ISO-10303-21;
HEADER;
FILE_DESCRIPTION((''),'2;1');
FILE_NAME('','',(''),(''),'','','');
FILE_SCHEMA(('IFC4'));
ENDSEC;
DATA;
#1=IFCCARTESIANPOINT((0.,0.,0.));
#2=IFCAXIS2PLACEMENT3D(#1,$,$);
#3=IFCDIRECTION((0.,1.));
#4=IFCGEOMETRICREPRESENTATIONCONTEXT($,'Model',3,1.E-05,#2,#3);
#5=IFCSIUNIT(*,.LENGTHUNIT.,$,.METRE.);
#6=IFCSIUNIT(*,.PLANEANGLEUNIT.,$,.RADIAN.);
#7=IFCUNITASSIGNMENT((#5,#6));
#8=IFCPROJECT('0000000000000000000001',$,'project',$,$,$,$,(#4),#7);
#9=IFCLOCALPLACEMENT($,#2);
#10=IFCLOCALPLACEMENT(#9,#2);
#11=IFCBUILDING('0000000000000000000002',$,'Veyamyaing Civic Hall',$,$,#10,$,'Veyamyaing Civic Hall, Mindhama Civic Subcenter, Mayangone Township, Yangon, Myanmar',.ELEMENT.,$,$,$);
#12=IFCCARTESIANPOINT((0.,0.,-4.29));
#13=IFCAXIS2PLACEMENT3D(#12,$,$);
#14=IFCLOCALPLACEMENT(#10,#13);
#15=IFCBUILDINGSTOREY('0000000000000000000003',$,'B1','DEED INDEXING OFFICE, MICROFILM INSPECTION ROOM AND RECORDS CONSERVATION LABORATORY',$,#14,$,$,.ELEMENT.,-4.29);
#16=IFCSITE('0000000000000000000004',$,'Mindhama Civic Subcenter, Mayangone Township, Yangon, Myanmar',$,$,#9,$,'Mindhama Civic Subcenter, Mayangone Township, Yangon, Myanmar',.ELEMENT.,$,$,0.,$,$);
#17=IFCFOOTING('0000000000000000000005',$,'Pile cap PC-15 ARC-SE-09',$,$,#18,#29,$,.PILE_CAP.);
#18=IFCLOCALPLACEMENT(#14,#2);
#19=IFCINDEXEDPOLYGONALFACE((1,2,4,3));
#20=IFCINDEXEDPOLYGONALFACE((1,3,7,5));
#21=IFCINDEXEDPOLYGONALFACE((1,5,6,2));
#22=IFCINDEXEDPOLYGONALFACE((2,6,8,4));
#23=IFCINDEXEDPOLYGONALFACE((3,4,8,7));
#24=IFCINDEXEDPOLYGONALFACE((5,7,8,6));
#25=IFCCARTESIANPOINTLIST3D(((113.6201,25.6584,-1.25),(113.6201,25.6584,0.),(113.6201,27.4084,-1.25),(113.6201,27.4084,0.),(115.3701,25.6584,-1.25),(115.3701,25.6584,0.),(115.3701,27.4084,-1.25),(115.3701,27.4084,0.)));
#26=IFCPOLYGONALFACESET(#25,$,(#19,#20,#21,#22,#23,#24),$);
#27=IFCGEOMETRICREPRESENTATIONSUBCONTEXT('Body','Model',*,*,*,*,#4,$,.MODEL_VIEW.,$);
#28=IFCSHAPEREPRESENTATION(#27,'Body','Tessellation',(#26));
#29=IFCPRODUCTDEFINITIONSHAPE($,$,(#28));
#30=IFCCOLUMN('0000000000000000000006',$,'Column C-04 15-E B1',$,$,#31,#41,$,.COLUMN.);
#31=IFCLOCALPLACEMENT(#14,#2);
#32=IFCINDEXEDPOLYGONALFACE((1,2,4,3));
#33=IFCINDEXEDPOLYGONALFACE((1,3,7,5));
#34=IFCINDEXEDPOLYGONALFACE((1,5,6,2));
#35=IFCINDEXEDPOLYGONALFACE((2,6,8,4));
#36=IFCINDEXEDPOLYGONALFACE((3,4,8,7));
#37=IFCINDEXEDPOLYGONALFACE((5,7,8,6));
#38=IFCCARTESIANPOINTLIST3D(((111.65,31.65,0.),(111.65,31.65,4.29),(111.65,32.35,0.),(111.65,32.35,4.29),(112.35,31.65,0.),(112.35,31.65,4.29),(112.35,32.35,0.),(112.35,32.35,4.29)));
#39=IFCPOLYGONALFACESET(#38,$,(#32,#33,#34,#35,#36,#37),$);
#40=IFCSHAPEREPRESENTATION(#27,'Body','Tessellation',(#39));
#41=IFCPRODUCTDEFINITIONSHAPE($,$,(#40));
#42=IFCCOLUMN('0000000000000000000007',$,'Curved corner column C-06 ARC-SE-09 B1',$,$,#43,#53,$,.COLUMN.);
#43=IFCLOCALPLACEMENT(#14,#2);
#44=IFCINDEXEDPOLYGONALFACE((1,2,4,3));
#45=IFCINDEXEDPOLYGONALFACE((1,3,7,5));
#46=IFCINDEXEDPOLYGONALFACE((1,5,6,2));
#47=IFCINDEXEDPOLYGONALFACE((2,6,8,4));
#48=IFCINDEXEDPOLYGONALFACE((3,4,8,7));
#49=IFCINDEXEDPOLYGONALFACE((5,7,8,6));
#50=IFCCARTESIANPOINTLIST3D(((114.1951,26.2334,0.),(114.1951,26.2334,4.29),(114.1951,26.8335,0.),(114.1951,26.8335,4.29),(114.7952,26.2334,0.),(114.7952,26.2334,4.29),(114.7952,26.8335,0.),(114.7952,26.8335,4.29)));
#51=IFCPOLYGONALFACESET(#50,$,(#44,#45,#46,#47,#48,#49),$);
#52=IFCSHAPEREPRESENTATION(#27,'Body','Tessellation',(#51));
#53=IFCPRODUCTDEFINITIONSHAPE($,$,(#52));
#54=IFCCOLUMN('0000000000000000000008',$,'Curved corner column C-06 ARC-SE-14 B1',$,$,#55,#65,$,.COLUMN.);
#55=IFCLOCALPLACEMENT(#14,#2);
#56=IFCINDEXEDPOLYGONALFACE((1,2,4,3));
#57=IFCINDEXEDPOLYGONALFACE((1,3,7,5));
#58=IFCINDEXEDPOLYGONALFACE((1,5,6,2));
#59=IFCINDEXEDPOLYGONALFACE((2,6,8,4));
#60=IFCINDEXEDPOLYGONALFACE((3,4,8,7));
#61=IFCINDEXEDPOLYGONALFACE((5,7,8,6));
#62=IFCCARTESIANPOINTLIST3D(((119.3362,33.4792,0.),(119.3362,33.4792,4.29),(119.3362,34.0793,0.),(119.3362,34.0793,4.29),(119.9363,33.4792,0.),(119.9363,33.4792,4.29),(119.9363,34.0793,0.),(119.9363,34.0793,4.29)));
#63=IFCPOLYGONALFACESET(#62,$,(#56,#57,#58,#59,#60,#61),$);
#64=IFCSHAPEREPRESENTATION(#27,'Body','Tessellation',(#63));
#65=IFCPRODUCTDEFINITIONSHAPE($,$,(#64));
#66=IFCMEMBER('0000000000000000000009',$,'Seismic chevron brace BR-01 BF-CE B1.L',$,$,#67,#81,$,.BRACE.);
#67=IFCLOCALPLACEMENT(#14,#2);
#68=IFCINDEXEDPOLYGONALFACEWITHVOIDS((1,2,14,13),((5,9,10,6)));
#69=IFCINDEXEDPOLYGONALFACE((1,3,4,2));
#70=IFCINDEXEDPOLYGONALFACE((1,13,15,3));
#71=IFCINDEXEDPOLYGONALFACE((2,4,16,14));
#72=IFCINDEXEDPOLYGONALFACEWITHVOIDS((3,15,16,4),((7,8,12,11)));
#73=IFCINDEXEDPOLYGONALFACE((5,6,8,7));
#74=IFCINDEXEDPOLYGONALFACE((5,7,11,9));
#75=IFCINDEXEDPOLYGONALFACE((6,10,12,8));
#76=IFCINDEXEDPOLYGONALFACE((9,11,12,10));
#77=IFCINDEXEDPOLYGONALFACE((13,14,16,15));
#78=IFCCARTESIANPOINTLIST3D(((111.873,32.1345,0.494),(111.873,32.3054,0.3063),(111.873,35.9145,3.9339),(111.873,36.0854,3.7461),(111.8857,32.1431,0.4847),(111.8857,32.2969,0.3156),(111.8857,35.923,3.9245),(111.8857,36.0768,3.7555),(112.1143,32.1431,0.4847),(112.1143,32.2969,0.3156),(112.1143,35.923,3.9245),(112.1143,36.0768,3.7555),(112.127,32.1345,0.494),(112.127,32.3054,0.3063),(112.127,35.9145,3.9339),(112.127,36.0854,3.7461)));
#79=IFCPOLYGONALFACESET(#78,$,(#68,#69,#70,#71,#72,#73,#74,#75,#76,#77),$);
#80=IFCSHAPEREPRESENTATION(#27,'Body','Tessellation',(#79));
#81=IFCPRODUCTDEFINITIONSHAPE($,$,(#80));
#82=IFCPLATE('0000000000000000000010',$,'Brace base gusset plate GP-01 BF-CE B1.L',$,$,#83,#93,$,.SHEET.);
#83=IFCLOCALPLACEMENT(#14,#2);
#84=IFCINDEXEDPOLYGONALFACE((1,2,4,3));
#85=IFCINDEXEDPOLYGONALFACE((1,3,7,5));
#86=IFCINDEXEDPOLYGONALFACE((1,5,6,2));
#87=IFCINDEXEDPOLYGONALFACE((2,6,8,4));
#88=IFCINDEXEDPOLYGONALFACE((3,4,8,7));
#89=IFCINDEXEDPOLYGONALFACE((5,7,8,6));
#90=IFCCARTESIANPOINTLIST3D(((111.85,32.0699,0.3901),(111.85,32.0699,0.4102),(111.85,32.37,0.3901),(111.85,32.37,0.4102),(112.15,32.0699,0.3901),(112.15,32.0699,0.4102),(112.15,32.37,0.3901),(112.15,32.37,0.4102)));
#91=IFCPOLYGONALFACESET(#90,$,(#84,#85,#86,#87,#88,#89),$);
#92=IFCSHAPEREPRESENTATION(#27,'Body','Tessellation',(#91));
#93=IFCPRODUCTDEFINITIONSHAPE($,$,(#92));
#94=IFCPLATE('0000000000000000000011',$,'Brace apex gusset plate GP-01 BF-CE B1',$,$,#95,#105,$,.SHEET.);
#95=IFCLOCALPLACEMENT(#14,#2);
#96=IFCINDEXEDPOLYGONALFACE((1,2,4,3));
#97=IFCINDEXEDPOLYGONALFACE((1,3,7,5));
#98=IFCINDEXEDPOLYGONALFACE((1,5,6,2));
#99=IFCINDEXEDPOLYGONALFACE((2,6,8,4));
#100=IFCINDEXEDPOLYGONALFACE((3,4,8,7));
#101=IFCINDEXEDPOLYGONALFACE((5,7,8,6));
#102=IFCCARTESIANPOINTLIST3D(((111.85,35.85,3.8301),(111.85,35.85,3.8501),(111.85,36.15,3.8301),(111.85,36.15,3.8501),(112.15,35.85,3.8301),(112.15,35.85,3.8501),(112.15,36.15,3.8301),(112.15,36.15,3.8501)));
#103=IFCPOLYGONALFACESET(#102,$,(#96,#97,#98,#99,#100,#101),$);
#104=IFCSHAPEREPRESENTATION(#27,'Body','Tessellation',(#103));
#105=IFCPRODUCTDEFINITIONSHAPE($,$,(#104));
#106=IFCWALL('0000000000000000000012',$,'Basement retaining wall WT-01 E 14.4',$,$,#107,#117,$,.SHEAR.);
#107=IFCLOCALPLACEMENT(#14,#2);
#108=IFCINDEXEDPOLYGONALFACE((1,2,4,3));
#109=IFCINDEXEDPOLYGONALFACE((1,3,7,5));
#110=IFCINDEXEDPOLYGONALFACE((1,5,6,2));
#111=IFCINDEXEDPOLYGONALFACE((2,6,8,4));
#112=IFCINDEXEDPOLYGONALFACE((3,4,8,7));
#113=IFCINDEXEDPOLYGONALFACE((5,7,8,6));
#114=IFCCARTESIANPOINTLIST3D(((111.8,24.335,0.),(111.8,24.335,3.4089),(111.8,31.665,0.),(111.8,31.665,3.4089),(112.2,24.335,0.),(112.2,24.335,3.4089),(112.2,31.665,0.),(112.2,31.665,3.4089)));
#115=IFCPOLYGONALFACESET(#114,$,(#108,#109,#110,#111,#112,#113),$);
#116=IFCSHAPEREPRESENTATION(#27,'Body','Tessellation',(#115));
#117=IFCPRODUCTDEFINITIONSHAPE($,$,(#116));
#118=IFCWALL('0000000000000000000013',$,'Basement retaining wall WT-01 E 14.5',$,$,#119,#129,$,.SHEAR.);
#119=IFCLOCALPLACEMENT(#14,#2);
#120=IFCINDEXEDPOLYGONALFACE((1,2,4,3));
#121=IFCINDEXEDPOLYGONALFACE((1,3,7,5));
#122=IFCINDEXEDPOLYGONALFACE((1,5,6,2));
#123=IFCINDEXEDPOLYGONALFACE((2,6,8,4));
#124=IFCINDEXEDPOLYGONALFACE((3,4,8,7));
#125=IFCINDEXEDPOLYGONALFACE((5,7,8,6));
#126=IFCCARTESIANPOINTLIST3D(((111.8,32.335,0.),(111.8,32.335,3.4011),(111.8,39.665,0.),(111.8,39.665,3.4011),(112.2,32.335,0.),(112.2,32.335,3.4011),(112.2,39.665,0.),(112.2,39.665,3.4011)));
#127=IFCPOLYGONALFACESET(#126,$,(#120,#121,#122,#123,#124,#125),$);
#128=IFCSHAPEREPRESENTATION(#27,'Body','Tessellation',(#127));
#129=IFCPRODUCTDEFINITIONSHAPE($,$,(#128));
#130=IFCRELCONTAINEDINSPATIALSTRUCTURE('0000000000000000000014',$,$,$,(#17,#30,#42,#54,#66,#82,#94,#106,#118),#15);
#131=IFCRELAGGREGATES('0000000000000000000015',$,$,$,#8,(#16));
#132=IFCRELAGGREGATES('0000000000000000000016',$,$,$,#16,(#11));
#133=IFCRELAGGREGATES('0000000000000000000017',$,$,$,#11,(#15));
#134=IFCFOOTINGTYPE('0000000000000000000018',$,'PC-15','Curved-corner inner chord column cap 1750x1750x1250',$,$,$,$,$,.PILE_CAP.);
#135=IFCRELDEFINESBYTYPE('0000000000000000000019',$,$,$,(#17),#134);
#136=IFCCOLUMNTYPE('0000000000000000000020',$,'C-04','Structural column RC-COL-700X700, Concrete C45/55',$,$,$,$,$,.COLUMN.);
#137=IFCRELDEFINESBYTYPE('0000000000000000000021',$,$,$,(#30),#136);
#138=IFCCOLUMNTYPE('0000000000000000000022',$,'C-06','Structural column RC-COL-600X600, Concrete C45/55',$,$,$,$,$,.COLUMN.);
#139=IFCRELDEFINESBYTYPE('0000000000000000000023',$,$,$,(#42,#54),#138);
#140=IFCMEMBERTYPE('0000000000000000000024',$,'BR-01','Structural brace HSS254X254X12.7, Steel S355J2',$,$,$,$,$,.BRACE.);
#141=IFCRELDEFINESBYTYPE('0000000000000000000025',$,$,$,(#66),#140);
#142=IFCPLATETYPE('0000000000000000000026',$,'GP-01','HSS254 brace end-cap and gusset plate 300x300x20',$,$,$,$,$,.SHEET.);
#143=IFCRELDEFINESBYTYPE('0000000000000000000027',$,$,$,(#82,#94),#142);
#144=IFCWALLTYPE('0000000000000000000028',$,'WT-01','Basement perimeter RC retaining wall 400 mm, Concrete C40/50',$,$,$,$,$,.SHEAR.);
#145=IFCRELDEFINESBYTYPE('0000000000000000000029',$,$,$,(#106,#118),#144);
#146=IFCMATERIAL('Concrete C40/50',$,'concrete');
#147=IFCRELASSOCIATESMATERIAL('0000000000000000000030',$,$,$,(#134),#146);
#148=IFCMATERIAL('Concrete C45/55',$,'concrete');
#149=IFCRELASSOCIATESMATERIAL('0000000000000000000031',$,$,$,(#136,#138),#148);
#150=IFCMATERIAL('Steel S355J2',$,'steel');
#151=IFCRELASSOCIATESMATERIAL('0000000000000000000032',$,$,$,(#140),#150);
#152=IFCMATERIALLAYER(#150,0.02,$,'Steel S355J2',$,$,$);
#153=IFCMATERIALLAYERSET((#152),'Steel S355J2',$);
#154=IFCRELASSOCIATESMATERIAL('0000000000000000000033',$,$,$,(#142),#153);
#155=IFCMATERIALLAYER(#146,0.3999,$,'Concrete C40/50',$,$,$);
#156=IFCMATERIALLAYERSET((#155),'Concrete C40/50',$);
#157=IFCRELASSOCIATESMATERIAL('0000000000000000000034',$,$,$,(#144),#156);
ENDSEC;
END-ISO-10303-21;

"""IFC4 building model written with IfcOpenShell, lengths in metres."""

from ifc_helpers import new_model, si_unit, direction, frame, frame_2d, origin, origin_2d, place, context, subcontext, project, spatial, rectangle, hollow_rectangle, extrude, material, layer, layer_set, material_profile, profile_set, type_object, element, save


model = new_model("IFC4")

# Units and contexts
model_context = context("Model", 3, precision=1e-05, world=origin(), true_north=direction((0.0, 1.0)))
body_context = subcontext(model_context, "Body", "Model", "MODEL_VIEW")
ifc_project = project(units=[si_unit("LENGTHUNIT", "METRE"), si_unit("PLANEANGLEUNIT", "RADIAN")], contexts=[model_context])

# Site, building, storey
site_placement = place(None, origin())
site = spatial("IfcSite", under=ifc_project, at=site_placement, Name="Mindhama Civic Subcenter, Mayangone Township, Yangon, Myanmar", LongName="Mindhama Civic Subcenter, Mayangone Township, Yangon, Myanmar", CompositionType="ELEMENT", RefElevation=0.0)
building_placement = place(site_placement, origin())
building = spatial("IfcBuilding", under=site, at=building_placement, Name="Veyamyaing Civic Hall", LongName="Veyamyaing Civic Hall, Mindhama Civic Subcenter, Mayangone Township, Yangon, Myanmar", CompositionType="ELEMENT")
storey_placement = place(building_placement, frame((0.0, 0.0, -4.29)))
storey = spatial("IfcBuildingStorey", under=building, at=storey_placement, Name="B1", Description="DEED INDEXING OFFICE, MICROFILM INSPECTION ROOM AND RECORDS CONSERVATION LABORATORY", CompositionType="ELEMENT", Elevation=-4.29)

# Shared definitions
ifc_material_1 = material(Name="Concrete C40/50", Category="concrete")

# Footing
footing_type_1 = type_object("IfcFootingType", Name="PC-15", Description="Curved-corner inner chord column cap 1750x1750x1250", PredefinedType="PILE_CAP", material=ifc_material_1)
footing_1_placement = place(storey_placement, frame((114.4951, 26.5334, -1.25), z_axis=(0.0, 0.0, 1.0), x_axis=(1.0, 0.0, 0.0)))
element("IfcFooting", 1, at=footing_1_placement, inside=storey, type_object=footing_type_1, Name="Pile cap PC-15 ARC-SE-09", PredefinedType="PILE_CAP", context=body_context, shape_type="SweptSolid", body=[
    extrude(rectangle(XDim=1.75, YDim=1.75, at=origin_2d()), origin(), (0.0, 0.0, 1.0), 1.25),
])

# Columns
ifc_material_2 = material(Name="Concrete C45/55", Category="concrete")
ifc_material_profile_1 = material_profile(ifc_material_2, rectangle(XDim=0.7, YDim=0.7, at=origin_2d()), Name="RC-COL-700X700")
ifc_profile_set_1 = profile_set([ifc_material_profile_1], Name="Concrete C45/55")
column_type_1 = type_object("IfcColumnType", Name="C-04", Description="Structural column RC-COL-700X700, Concrete C45/55", PredefinedType="COLUMN", material=ifc_profile_set_1)
column_placement = place(storey_placement, frame((112.0, 32.0, 0.0), z_axis=(0.0, 0.0, 1.0), x_axis=(1.0, 0.0, 0.0)))
element("IfcColumn", 2, at=column_placement, inside=storey, type_object=column_type_1, Name="Column C-04 15-E B1", PredefinedType="COLUMN", context=body_context, shape_type="SweptSolid", body=[
    extrude(rectangle(XDim=0.7, YDim=0.7, at=origin_2d()), origin(), (0.0, 0.0, 1.0), 4.29),
])
ifc_material_profile_2 = material_profile(ifc_material_2, rectangle(XDim=0.6001, YDim=0.6001, at=origin_2d()), Name="RC-COL-600X600")
ifc_profile_set_2 = profile_set([ifc_material_profile_2], Name="Concrete C45/55")
column_type_2 = type_object("IfcColumnType", Name="C-06", Description="Structural column RC-COL-600X600, Concrete C45/55", PredefinedType="COLUMN", material=ifc_profile_set_2)
for number, where, z_axis, x_axis, name in (
    (3, (114.4951, 26.5334, 0.0), (0.0, 0.0, 1.0), (1.0, 0.0, 0.0), "Curved corner column C-06 ARC-SE-09 B1"),
    (4, (119.6362, 33.7793, 0.0), (0.0, 0.0, 1.0), (1.0, 0.0, 0.0), "Curved corner column C-06 ARC-SE-14 B1"),
):
    element("IfcColumn", number, at=place(storey_placement, frame(where, z_axis=z_axis, x_axis=x_axis)), inside=storey, type_object=column_type_2, Name=name, PredefinedType="COLUMN", context=body_context, shape_type="SweptSolid", body=[
        extrude(rectangle(XDim=0.6001, YDim=0.6001, at=origin_2d()), origin(), (0.0, 0.0, 1.0), 4.29),
    ])

# Member
ifc_material_3 = material(Name="Steel S355J2", Category="steel")
ifc_material_profile_3 = material_profile(ifc_material_3, hollow_rectangle(XDim=0.2539, YDim=0.2539, WallThickness=0.0127, at=origin_2d()), Name="HSS254X254X12.7")
ifc_profile_set_3 = profile_set([ifc_material_profile_3], Name="Steel S355J2")
member_type = type_object("IfcMemberType", Name="BR-01", Description="Structural brace HSS254X254X12.7, Steel S355J2", PredefinedType="BRACE", material=ifc_profile_set_3)
member_placement = place(storey_placement, frame((112.0, 32.22, 0.4001), z_axis=(0.0, 0.739594, 0.673053), x_axis=(-1.0, 0.0, 0.0)))
element("IfcMember", 5, at=member_placement, inside=storey, type_object=member_type, Name="Seismic chevron brace BR-01 BF-CE B1.L", PredefinedType="BRACE", context=body_context, shape_type="SweptSolid", body=[
    extrude(hollow_rectangle(XDim=0.2539, YDim=0.2539, WallThickness=0.0127, at=origin_2d()), origin(), (0.0, 0.0, 1.0), 5.1108),
])

# Plates
ifc_layer_1 = layer(ifc_material_3, 0.02, Name="Steel S355J2")
ifc_layer_set_1 = layer_set([ifc_layer_1], Name="Steel S355J2")
plate_type = type_object("IfcPlateType", Name="GP-01", Description="HSS254 brace end-cap and gusset plate 300x300x20", PredefinedType="SHEET", material=ifc_layer_set_1)
for number, where, z_axis, x_axis, name in (
    (6, (112.0, 32.22, 0.3901), (0.0, 0.0, 1.0), (1.0, 0.0, 0.0), "Brace base gusset plate GP-01 BF-CE B1.L"),
    (7, (112.0, 36.0, 3.8301), (0.0, 0.0, 1.0), (1.0, 0.0, 0.0), "Brace apex gusset plate GP-01 BF-CE B1"),
):
    element("IfcPlate", number, at=place(storey_placement, frame(where, z_axis=z_axis, x_axis=x_axis)), inside=storey, type_object=plate_type, Name=name, PredefinedType="SHEET", context=body_context, shape_type="SweptSolid", body=[
        extrude(rectangle(XDim=0.3, YDim=0.3, at=origin_2d()), origin(), (0.0, 0.0, 1.0), 0.02),
    ])

# Walls
ifc_layer_2 = layer(ifc_material_1, 0.3999, Name="Concrete C40/50")
ifc_layer_set_2 = layer_set([ifc_layer_2], Name="Concrete C40/50")
wall_type = type_object("IfcWallType", Name="WT-01", Description="Basement perimeter RC retaining wall 400 mm, Concrete C40/50", PredefinedType="SHEAR", material=ifc_layer_set_2)
wall_1_placement = place(storey_placement, frame((112.0, 24.335, 0.0), z_axis=(0.0, 0.0, 1.0), x_axis=(0.0, 1.0, 0.0)))
element("IfcWall", 8, at=wall_1_placement, inside=storey, type_object=wall_type, Name="Basement retaining wall WT-01 E 14.4", PredefinedType="SHEAR", context=body_context, shape_type="SweptSolid", body=[
    extrude(rectangle(XDim=7.3301, YDim=0.3999, at=frame_2d((3.665, 0.0))), origin(), (0.0, 0.0, 1.0), 3.4089),
])
wall_2_placement = place(storey_placement, frame((112.0, 32.335, 0.0), z_axis=(0.0, 0.0, 1.0), x_axis=(0.0, 1.0, 0.0)))
element("IfcWall", 9, at=wall_2_placement, inside=storey, type_object=wall_type, Name="Basement retaining wall WT-01 E 14.5", PredefinedType="SHEAR", context=body_context, shape_type="SweptSolid", body=[
    extrude(rectangle(XDim=7.3301, YDim=0.3999, at=frame_2d((3.665, 0.0))), origin(), (0.0, 0.0, 1.0), 3.4011),
])

save(model, "model.ifc")
